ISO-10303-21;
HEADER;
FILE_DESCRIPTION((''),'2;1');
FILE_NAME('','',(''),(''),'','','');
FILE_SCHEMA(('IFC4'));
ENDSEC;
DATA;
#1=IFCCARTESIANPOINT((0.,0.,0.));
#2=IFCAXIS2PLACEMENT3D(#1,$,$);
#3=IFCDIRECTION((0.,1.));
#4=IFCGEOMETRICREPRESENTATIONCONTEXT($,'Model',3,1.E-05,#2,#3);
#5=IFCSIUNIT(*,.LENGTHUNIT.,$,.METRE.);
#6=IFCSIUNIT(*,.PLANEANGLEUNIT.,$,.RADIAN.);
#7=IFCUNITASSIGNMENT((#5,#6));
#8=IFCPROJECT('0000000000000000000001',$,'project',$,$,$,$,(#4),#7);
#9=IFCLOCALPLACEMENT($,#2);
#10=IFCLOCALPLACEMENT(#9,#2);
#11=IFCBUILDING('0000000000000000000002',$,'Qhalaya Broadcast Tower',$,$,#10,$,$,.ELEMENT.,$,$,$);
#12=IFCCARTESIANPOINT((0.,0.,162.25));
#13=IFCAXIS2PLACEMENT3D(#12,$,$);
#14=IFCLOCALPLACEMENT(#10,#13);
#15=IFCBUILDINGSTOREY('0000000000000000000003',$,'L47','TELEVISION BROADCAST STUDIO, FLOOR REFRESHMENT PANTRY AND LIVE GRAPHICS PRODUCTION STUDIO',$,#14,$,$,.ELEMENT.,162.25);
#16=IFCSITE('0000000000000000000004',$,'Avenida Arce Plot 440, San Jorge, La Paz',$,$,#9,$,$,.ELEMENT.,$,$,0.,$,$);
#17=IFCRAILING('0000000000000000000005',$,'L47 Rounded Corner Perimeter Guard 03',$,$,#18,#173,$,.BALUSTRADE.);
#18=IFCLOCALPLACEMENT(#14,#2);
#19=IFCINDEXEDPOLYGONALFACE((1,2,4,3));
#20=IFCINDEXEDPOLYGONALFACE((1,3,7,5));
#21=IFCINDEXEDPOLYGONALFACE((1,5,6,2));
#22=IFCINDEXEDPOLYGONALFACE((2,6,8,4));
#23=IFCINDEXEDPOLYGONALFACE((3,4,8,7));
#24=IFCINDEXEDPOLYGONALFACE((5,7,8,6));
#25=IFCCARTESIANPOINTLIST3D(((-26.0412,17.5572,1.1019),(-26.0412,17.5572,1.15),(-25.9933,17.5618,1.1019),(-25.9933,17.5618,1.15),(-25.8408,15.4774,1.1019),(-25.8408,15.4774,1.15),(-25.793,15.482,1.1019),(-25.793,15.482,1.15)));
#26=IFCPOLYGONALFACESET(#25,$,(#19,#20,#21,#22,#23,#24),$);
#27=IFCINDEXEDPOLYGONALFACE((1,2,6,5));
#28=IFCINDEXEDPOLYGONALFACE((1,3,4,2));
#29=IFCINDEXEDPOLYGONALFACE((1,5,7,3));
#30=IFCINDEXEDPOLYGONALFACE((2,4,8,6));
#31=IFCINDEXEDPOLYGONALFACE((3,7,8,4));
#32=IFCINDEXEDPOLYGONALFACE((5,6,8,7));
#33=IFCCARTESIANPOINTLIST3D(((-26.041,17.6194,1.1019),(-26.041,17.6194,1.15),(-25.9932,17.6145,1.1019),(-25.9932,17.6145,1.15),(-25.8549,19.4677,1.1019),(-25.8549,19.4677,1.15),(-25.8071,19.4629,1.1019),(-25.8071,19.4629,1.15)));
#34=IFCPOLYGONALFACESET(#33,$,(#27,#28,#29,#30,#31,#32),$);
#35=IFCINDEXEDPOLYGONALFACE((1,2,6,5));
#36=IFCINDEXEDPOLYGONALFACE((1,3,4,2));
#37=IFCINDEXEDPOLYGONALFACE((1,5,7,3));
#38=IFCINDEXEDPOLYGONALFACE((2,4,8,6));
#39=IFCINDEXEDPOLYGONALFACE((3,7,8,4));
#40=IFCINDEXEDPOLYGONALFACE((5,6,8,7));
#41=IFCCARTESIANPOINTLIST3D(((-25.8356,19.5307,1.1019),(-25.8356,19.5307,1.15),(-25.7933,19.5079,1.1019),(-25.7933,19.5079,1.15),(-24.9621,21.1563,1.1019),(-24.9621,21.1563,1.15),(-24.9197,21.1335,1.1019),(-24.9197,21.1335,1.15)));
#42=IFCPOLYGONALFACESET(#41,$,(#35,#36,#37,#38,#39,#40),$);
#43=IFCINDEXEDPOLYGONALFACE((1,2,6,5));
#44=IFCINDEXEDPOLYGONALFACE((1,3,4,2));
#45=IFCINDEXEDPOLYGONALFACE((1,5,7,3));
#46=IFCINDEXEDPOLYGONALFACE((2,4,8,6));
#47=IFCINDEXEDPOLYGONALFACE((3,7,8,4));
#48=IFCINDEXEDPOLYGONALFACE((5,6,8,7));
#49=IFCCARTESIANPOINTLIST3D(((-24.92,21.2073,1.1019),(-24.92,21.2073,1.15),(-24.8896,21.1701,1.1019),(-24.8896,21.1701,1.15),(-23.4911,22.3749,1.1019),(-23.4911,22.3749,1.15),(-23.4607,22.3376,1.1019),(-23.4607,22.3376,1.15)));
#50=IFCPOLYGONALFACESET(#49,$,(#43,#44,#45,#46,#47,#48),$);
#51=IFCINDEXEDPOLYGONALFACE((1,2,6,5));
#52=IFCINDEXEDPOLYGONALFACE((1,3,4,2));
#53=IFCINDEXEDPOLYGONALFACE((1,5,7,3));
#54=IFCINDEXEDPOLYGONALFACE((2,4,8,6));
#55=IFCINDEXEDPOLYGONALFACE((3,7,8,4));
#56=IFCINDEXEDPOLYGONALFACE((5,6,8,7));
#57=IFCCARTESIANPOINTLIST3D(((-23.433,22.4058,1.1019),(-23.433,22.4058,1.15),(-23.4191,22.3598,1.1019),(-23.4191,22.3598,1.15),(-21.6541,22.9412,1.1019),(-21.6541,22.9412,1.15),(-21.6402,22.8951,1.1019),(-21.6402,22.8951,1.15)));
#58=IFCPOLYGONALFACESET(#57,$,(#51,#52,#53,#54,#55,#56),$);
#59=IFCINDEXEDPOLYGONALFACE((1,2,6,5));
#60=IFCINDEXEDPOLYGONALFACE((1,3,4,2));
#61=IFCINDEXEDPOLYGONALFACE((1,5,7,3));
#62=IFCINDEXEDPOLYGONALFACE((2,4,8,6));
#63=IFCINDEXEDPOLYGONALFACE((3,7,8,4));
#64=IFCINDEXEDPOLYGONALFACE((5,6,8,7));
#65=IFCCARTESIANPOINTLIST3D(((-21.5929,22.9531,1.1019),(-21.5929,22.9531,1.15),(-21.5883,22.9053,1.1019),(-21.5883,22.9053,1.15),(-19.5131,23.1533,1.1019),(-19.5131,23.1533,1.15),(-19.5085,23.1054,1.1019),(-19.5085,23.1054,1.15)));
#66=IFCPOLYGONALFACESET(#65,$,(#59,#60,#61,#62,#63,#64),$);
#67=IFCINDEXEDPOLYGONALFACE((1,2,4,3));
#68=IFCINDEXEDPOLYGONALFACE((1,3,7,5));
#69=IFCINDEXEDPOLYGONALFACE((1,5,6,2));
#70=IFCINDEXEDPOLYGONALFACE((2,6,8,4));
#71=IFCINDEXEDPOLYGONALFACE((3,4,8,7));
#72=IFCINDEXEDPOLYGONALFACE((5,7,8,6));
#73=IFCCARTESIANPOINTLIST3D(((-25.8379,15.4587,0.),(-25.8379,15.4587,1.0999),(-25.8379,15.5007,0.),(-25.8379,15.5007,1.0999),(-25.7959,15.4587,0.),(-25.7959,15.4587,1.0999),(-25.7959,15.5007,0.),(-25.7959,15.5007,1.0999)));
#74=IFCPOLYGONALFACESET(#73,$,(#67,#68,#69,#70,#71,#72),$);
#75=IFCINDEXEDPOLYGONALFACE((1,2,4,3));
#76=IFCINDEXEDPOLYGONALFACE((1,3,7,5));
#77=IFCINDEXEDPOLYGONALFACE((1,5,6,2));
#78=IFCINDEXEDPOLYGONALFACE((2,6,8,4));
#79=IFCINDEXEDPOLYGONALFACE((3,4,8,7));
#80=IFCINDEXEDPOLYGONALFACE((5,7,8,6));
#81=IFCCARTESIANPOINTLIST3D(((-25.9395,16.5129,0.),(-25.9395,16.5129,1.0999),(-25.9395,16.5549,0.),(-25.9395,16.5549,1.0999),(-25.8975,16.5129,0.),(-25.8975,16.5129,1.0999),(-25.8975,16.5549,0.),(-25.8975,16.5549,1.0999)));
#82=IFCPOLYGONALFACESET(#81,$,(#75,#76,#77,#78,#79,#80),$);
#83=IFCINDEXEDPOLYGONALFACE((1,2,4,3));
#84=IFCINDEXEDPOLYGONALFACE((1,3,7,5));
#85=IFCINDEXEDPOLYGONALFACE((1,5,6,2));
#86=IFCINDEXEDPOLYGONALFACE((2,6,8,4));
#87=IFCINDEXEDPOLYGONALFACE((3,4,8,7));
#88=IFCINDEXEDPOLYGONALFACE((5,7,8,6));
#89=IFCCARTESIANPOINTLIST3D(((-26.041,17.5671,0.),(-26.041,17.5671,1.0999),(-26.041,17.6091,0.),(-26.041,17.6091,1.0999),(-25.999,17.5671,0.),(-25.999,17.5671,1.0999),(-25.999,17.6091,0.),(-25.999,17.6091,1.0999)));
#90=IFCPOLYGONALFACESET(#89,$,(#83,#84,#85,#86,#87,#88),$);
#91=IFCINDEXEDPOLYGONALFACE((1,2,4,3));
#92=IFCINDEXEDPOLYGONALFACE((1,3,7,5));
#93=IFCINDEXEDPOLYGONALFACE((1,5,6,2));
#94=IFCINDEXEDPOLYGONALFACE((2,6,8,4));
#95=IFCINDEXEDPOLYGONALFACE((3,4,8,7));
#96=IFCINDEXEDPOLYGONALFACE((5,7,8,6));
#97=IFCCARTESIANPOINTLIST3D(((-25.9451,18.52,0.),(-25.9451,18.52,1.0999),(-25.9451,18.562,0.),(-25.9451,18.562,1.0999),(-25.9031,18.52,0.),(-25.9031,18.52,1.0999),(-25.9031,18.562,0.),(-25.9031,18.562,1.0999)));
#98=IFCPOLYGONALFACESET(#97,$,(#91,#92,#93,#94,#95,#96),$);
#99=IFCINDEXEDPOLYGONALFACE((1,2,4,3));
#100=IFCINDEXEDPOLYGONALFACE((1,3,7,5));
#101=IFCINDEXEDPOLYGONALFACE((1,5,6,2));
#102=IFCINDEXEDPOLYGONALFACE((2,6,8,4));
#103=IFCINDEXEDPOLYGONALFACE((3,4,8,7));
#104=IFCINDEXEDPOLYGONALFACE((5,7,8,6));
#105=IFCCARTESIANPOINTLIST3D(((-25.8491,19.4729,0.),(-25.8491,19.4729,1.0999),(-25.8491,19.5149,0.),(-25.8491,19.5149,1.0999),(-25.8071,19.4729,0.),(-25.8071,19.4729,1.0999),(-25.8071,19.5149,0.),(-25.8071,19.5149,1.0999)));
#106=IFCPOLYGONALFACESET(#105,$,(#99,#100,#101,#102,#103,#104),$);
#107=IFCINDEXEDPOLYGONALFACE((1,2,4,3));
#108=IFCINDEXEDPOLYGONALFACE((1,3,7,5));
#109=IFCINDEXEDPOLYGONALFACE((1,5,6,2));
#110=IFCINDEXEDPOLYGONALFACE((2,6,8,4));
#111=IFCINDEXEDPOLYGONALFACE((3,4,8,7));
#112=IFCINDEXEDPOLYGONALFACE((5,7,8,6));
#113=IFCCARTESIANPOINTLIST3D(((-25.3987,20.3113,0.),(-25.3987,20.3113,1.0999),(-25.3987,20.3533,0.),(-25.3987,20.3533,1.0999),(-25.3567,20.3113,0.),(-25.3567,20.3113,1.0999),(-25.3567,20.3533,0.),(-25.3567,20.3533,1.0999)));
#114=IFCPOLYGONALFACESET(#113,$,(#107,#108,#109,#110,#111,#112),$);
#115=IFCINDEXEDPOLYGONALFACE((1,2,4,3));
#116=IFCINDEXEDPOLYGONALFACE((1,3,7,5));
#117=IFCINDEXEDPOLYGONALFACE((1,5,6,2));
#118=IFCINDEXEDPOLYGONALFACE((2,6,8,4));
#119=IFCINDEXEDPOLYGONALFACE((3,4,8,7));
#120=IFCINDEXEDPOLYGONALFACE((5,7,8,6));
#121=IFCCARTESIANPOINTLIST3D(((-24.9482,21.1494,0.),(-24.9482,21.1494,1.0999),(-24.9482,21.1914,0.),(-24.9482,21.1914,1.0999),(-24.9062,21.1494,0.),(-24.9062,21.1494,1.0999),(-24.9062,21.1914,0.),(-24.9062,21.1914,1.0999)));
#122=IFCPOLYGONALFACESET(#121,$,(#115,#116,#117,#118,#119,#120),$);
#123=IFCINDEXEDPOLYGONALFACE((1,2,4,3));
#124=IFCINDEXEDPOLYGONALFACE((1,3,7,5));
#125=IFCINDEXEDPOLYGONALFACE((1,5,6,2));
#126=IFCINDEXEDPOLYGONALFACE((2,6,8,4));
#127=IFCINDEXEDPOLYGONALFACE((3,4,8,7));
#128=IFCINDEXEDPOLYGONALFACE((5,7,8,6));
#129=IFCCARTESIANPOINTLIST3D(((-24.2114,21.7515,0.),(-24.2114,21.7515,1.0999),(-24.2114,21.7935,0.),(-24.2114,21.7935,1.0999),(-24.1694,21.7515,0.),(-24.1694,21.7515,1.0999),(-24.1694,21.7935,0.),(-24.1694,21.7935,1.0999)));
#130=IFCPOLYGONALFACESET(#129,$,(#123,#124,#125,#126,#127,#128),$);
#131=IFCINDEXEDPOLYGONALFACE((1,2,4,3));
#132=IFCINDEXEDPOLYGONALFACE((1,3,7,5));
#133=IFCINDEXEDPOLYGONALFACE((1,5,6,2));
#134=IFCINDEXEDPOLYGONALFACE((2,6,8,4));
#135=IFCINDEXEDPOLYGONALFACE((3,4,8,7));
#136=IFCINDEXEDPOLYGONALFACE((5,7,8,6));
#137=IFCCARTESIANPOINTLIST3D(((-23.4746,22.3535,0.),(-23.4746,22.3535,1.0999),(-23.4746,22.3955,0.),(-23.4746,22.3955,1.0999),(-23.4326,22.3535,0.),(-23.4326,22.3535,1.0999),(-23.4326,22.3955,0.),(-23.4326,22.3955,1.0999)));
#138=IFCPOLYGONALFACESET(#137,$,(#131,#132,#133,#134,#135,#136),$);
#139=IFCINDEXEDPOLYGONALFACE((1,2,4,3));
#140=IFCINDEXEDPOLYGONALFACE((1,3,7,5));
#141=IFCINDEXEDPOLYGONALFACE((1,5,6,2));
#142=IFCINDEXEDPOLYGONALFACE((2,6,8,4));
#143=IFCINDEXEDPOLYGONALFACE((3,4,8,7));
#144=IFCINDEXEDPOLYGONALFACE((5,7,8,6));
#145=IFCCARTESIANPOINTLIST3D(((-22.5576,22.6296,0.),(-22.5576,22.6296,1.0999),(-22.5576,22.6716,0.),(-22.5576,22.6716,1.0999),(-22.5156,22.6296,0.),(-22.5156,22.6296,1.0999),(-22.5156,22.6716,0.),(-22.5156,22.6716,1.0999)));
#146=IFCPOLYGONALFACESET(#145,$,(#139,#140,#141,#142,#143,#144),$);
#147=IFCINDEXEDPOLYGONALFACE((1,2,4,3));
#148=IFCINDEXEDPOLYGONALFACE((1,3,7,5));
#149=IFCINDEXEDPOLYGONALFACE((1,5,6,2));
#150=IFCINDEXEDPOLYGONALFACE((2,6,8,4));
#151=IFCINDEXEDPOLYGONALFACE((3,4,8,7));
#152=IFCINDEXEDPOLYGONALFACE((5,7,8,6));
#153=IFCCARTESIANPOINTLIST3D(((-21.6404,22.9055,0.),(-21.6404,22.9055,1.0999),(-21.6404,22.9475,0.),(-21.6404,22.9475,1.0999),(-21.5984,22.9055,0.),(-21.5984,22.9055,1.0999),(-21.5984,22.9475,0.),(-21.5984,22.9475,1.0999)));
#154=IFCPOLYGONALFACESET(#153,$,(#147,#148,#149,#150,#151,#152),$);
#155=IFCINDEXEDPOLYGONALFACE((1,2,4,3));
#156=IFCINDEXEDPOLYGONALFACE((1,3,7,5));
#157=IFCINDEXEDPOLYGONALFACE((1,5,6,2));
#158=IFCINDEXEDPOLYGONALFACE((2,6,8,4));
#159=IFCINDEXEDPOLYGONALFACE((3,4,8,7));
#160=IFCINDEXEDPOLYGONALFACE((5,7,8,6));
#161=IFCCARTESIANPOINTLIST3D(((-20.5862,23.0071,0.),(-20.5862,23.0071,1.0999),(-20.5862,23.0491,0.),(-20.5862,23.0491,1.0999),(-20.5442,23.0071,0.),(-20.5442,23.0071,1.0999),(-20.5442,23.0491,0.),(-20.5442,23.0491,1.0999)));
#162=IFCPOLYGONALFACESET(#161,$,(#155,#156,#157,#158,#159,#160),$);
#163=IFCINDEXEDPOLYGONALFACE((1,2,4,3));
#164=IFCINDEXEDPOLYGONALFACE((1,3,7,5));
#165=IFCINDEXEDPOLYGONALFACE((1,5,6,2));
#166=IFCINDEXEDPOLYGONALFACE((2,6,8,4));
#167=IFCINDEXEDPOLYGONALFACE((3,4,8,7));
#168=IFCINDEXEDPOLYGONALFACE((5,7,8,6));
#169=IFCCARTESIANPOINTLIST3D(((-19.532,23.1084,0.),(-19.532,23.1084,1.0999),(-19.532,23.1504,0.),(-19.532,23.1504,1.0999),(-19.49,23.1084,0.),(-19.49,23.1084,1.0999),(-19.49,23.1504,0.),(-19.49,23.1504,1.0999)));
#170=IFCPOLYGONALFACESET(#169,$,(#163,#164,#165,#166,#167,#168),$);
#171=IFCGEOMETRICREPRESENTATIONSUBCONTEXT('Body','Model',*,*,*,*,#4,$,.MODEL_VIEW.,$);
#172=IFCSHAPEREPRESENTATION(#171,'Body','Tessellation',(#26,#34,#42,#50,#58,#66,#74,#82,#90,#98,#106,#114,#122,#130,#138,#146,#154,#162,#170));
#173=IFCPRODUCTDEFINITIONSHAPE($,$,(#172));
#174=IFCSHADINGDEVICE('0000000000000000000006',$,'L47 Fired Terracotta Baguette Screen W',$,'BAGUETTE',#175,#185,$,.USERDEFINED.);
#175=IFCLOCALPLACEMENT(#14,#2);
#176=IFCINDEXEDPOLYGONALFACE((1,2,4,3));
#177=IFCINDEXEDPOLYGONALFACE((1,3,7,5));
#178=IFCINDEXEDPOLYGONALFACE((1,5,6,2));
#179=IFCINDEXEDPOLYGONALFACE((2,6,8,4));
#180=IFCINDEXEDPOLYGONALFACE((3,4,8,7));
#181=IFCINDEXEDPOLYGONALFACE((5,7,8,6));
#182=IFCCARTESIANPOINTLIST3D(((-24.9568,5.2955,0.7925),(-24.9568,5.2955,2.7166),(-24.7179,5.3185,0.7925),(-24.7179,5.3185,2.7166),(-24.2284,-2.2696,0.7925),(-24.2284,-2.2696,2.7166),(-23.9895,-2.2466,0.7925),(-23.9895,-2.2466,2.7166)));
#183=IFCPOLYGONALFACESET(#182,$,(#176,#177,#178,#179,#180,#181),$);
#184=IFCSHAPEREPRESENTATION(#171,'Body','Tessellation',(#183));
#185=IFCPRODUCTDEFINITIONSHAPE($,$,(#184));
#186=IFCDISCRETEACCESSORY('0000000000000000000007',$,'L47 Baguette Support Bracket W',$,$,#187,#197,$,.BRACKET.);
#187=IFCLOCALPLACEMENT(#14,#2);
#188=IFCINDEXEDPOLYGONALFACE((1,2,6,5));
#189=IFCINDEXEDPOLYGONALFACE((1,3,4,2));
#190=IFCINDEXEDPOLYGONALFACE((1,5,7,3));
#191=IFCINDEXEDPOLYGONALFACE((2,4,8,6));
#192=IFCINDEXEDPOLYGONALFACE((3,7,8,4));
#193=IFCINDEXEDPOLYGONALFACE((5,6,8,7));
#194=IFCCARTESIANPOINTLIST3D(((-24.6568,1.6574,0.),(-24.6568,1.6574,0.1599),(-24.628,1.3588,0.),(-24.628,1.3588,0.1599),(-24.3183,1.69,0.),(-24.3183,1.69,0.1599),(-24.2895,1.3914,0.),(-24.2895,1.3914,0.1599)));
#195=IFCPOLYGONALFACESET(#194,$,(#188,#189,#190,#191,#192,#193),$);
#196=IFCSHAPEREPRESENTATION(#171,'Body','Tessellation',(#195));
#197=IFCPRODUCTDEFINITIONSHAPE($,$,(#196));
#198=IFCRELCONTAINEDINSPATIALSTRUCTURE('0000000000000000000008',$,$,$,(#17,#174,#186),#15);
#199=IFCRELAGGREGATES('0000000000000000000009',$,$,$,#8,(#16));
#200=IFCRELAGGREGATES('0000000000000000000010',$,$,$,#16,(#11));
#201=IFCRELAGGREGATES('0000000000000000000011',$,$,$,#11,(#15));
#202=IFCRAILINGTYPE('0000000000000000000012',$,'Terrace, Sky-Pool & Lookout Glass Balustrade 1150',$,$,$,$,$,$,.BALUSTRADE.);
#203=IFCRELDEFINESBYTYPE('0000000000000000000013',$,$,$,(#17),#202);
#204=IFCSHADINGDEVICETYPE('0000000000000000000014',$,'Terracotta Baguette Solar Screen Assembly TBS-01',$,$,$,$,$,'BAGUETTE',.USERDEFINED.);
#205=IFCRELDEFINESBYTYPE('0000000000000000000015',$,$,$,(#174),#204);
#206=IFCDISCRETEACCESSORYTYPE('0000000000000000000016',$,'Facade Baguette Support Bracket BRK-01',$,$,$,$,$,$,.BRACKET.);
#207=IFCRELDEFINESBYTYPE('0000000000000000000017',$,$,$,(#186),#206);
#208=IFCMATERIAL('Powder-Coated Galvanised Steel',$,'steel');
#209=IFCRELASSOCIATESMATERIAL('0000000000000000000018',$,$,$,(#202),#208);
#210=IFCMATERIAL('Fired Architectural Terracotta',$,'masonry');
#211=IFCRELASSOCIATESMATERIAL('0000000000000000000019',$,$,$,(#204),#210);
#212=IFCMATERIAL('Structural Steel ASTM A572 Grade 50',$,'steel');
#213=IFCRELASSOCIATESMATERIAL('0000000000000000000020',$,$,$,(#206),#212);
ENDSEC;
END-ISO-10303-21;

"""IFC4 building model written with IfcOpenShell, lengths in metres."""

from ifc_helpers import new_model, si_unit, direction, frame, origin, origin_2d, place, context, subcontext, project, spatial, rectangle, extrude, material, type_object, element, save


model = new_model("IFC4")

# Units and contexts
model_context = context("Model", 3, precision=1e-05, world=origin(), true_north=direction((0.0, 1.0)))
body_context = subcontext(model_context, "Body", "Model", "MODEL_VIEW")
ifc_project = project(units=[si_unit("LENGTHUNIT", "METRE"), si_unit("PLANEANGLEUNIT", "RADIAN")], contexts=[model_context])

# Site, building, storey
site_placement = place(None, origin())
site = spatial("IfcSite", under=ifc_project, at=site_placement, Name="Avenida Arce Plot 440, San Jorge, La Paz", CompositionType="ELEMENT", RefElevation=0.0)
building_placement = place(site_placement, origin())
building = spatial("IfcBuilding", under=site, at=building_placement, Name="Qhalaya Broadcast Tower", CompositionType="ELEMENT")
storey_placement = place(building_placement, frame((0.0, 0.0, 162.25)))
storey = spatial("IfcBuildingStorey", under=building, at=storey_placement, Name="L47", Description="TELEVISION BROADCAST STUDIO, FLOOR REFRESHMENT PANTRY AND LIVE GRAPHICS PRODUCTION STUDIO", CompositionType="ELEMENT", Elevation=162.25)

# Shared definitions
ifc_material_1 = material(Name="Structural Steel ASTM A572 Grade 50", Category="steel")

# Shared definitions
ifc_material_2 = material(Name="Fired Architectural Terracotta", Category="masonry")

# Railing
ifc_material_3 = material(Name="Powder-Coated Galvanised Steel", Category="steel")
railing_type = type_object("IfcRailingType", Name="Terrace, Sky-Pool & Lookout Glass Balustrade 1150", PredefinedType="BALUSTRADE", material=ifc_material_3)
railing_placement = place(storey_placement, frame((-25.8169, 15.4797, 0.0)))
element("IfcRailing", 1, at=railing_placement, inside=storey, type_object=railing_type, Name="L47 Rounded Corner Perimeter Guard 03", PredefinedType="BALUSTRADE", context=body_context, shape_type="SweptSolid", body=[
    extrude(rectangle(XDim=0.0481, YDim=0.0481, at=origin_2d()), frame((0.0, 0.0, 1.126), z_axis=(-0.095897, 0.995391, 0.0), x_axis=(-0.995391, -0.095897, 0.0)), (0.0, 0.0, 1.0), 2.0894),
    extrude(rectangle(XDim=0.0481, YDim=0.0481, at=origin_2d()), frame((-0.2002, 2.1372, 1.126), z_axis=(0.100185, 0.994969, 0.0), x_axis=(-0.994969, 0.100185, 0.0)), (0.0, 0.0, 1.0), 1.8577),
    extrude(rectangle(XDim=0.0481, YDim=0.0481, at=origin_2d()), frame((0.0024, 4.0396, 1.126), z_axis=(0.473342, 0.880879, 0.0), x_axis=(-0.880879, 0.473342, 0.0)), (0.0, 0.0, 1.0), 1.8455),
    extrude(rectangle(XDim=0.0481, YDim=0.0481, at=origin_2d()), frame((0.9121, 5.709, 1.126), z_axis=(0.774369, 0.632735, 0.0), x_axis=(-0.632735, 0.774369, 0.0)), (0.0, 0.0, 1.0), 1.8452),
    extrude(rectangle(XDim=0.0481, YDim=0.0481, at=origin_2d()), frame((2.3909, 6.9031, 1.126), z_axis=(0.957577, 0.288178, 0.0), x_axis=(-0.288178, 0.957577, 0.0)), (0.0, 0.0, 1.0), 1.8577),
    extrude(rectangle(XDim=0.0481, YDim=0.0481, at=origin_2d()), frame((4.2263, 7.4495, 1.126), z_axis=(0.995402, 0.095783, 0.0), x_axis=(-0.095783, 0.995402, 0.0)), (0.0, 0.0, 1.0), 2.0894),
    extrude(rectangle(XDim=0.042, YDim=0.042, at=origin_2d()), origin(), (0.0, 0.0, 1.0), 1.0999),
    extrude(rectangle(XDim=0.042, YDim=0.042, at=origin_2d()), frame((-0.1016, 1.0542, 0.0)), (0.0, 0.0, 1.0), 1.0999),
    extrude(rectangle(XDim=0.042, YDim=0.042, at=origin_2d()), frame((-0.2031, 2.1084, 0.0)), (0.0, 0.0, 1.0), 1.0999),
    extrude(rectangle(XDim=0.042, YDim=0.042, at=origin_2d()), frame((-0.1072, 3.0613, 0.0)), (0.0, 0.0, 1.0), 1.0999),
    extrude(rectangle(XDim=0.042, YDim=0.042, at=origin_2d()), frame((-0.0112, 4.0142, 0.0)), (0.0, 0.0, 1.0), 1.0999),
    extrude(rectangle(XDim=0.042, YDim=0.042, at=origin_2d()), frame((0.4392, 4.8525, 0.0)), (0.0, 0.0, 1.0), 1.0999),
    extrude(rectangle(XDim=0.042, YDim=0.042, at=origin_2d()), frame((0.8896, 5.6907, 0.0)), (0.0, 0.0, 1.0), 1.0999),
    extrude(rectangle(XDim=0.042, YDim=0.042, at=origin_2d()), frame((1.6265, 6.2927, 0.0)), (0.0, 0.0, 1.0), 1.0999),
    extrude(rectangle(XDim=0.042, YDim=0.042, at=origin_2d()), frame((2.3633, 6.8948, 0.0)), (0.0, 0.0, 1.0), 1.0999),
    extrude(rectangle(XDim=0.042, YDim=0.042, at=origin_2d()), frame((3.2803, 7.1709, 0.0)), (0.0, 0.0, 1.0), 1.0999),
    extrude(rectangle(XDim=0.042, YDim=0.042, at=origin_2d()), frame((4.1975, 7.4468, 0.0)), (0.0, 0.0, 1.0), 1.0999),
    extrude(rectangle(XDim=0.042, YDim=0.042, at=origin_2d()), frame((5.2517, 7.5483, 0.0)), (0.0, 0.0, 1.0), 1.0999),
    extrude(rectangle(XDim=0.042, YDim=0.042, at=origin_2d()), frame((6.3059, 7.6497, 0.0)), (0.0, 0.0, 1.0), 1.0999),
])

# Shading device
shading_device_type = type_object("IfcShadingDeviceType", Name="Terracotta Baguette Solar Screen Assembly TBS-01", ElementType="BAGUETTE", PredefinedType="USERDEFINED", material=ifc_material_2)
shading_device_placement = place(storey_placement, frame((-24.4731, 1.5244, 0.7925), z_axis=(0.0, 0.0, 1.0), x_axis=(0.095846, -0.995396, 0.0)))
element("IfcShadingDevice", 2, at=shading_device_placement, inside=storey, type_object=shading_device_type, Name="L47 Fired Terracotta Baguette Screen W", ObjectType="BAGUETTE", PredefinedType="USERDEFINED", context=body_context, shape_type="SweptSolid", body=[
    extrude(rectangle(XDim=7.6001, YDim=0.24, at=origin_2d()), origin(), (0.0, 0.0, 1.0), 1.9241),
])

# Discrete accessory
discrete_accessory_type = type_object("IfcDiscreteAccessoryType", Name="Facade Baguette Support Bracket BRK-01", PredefinedType="BRACKET", material=ifc_material_1)
discrete_accessory_placement = place(storey_placement, frame((-24.4731, 1.5244, 0.0), z_axis=(0.0, 0.0, 1.0), x_axis=(0.095846, -0.995396, 0.0)))
element("IfcDiscreteAccessory", 3, at=discrete_accessory_placement, inside=storey, type_object=discrete_accessory_type, Name="L47 Baguette Support Bracket W", PredefinedType="BRACKET", context=body_context, shape_type="SweptSolid", body=[
    extrude(rectangle(XDim=0.3, YDim=0.3401, at=origin_2d()), origin(), (0.0, 0.0, 1.0), 0.1599),
])

save(model, "model.ifc")
